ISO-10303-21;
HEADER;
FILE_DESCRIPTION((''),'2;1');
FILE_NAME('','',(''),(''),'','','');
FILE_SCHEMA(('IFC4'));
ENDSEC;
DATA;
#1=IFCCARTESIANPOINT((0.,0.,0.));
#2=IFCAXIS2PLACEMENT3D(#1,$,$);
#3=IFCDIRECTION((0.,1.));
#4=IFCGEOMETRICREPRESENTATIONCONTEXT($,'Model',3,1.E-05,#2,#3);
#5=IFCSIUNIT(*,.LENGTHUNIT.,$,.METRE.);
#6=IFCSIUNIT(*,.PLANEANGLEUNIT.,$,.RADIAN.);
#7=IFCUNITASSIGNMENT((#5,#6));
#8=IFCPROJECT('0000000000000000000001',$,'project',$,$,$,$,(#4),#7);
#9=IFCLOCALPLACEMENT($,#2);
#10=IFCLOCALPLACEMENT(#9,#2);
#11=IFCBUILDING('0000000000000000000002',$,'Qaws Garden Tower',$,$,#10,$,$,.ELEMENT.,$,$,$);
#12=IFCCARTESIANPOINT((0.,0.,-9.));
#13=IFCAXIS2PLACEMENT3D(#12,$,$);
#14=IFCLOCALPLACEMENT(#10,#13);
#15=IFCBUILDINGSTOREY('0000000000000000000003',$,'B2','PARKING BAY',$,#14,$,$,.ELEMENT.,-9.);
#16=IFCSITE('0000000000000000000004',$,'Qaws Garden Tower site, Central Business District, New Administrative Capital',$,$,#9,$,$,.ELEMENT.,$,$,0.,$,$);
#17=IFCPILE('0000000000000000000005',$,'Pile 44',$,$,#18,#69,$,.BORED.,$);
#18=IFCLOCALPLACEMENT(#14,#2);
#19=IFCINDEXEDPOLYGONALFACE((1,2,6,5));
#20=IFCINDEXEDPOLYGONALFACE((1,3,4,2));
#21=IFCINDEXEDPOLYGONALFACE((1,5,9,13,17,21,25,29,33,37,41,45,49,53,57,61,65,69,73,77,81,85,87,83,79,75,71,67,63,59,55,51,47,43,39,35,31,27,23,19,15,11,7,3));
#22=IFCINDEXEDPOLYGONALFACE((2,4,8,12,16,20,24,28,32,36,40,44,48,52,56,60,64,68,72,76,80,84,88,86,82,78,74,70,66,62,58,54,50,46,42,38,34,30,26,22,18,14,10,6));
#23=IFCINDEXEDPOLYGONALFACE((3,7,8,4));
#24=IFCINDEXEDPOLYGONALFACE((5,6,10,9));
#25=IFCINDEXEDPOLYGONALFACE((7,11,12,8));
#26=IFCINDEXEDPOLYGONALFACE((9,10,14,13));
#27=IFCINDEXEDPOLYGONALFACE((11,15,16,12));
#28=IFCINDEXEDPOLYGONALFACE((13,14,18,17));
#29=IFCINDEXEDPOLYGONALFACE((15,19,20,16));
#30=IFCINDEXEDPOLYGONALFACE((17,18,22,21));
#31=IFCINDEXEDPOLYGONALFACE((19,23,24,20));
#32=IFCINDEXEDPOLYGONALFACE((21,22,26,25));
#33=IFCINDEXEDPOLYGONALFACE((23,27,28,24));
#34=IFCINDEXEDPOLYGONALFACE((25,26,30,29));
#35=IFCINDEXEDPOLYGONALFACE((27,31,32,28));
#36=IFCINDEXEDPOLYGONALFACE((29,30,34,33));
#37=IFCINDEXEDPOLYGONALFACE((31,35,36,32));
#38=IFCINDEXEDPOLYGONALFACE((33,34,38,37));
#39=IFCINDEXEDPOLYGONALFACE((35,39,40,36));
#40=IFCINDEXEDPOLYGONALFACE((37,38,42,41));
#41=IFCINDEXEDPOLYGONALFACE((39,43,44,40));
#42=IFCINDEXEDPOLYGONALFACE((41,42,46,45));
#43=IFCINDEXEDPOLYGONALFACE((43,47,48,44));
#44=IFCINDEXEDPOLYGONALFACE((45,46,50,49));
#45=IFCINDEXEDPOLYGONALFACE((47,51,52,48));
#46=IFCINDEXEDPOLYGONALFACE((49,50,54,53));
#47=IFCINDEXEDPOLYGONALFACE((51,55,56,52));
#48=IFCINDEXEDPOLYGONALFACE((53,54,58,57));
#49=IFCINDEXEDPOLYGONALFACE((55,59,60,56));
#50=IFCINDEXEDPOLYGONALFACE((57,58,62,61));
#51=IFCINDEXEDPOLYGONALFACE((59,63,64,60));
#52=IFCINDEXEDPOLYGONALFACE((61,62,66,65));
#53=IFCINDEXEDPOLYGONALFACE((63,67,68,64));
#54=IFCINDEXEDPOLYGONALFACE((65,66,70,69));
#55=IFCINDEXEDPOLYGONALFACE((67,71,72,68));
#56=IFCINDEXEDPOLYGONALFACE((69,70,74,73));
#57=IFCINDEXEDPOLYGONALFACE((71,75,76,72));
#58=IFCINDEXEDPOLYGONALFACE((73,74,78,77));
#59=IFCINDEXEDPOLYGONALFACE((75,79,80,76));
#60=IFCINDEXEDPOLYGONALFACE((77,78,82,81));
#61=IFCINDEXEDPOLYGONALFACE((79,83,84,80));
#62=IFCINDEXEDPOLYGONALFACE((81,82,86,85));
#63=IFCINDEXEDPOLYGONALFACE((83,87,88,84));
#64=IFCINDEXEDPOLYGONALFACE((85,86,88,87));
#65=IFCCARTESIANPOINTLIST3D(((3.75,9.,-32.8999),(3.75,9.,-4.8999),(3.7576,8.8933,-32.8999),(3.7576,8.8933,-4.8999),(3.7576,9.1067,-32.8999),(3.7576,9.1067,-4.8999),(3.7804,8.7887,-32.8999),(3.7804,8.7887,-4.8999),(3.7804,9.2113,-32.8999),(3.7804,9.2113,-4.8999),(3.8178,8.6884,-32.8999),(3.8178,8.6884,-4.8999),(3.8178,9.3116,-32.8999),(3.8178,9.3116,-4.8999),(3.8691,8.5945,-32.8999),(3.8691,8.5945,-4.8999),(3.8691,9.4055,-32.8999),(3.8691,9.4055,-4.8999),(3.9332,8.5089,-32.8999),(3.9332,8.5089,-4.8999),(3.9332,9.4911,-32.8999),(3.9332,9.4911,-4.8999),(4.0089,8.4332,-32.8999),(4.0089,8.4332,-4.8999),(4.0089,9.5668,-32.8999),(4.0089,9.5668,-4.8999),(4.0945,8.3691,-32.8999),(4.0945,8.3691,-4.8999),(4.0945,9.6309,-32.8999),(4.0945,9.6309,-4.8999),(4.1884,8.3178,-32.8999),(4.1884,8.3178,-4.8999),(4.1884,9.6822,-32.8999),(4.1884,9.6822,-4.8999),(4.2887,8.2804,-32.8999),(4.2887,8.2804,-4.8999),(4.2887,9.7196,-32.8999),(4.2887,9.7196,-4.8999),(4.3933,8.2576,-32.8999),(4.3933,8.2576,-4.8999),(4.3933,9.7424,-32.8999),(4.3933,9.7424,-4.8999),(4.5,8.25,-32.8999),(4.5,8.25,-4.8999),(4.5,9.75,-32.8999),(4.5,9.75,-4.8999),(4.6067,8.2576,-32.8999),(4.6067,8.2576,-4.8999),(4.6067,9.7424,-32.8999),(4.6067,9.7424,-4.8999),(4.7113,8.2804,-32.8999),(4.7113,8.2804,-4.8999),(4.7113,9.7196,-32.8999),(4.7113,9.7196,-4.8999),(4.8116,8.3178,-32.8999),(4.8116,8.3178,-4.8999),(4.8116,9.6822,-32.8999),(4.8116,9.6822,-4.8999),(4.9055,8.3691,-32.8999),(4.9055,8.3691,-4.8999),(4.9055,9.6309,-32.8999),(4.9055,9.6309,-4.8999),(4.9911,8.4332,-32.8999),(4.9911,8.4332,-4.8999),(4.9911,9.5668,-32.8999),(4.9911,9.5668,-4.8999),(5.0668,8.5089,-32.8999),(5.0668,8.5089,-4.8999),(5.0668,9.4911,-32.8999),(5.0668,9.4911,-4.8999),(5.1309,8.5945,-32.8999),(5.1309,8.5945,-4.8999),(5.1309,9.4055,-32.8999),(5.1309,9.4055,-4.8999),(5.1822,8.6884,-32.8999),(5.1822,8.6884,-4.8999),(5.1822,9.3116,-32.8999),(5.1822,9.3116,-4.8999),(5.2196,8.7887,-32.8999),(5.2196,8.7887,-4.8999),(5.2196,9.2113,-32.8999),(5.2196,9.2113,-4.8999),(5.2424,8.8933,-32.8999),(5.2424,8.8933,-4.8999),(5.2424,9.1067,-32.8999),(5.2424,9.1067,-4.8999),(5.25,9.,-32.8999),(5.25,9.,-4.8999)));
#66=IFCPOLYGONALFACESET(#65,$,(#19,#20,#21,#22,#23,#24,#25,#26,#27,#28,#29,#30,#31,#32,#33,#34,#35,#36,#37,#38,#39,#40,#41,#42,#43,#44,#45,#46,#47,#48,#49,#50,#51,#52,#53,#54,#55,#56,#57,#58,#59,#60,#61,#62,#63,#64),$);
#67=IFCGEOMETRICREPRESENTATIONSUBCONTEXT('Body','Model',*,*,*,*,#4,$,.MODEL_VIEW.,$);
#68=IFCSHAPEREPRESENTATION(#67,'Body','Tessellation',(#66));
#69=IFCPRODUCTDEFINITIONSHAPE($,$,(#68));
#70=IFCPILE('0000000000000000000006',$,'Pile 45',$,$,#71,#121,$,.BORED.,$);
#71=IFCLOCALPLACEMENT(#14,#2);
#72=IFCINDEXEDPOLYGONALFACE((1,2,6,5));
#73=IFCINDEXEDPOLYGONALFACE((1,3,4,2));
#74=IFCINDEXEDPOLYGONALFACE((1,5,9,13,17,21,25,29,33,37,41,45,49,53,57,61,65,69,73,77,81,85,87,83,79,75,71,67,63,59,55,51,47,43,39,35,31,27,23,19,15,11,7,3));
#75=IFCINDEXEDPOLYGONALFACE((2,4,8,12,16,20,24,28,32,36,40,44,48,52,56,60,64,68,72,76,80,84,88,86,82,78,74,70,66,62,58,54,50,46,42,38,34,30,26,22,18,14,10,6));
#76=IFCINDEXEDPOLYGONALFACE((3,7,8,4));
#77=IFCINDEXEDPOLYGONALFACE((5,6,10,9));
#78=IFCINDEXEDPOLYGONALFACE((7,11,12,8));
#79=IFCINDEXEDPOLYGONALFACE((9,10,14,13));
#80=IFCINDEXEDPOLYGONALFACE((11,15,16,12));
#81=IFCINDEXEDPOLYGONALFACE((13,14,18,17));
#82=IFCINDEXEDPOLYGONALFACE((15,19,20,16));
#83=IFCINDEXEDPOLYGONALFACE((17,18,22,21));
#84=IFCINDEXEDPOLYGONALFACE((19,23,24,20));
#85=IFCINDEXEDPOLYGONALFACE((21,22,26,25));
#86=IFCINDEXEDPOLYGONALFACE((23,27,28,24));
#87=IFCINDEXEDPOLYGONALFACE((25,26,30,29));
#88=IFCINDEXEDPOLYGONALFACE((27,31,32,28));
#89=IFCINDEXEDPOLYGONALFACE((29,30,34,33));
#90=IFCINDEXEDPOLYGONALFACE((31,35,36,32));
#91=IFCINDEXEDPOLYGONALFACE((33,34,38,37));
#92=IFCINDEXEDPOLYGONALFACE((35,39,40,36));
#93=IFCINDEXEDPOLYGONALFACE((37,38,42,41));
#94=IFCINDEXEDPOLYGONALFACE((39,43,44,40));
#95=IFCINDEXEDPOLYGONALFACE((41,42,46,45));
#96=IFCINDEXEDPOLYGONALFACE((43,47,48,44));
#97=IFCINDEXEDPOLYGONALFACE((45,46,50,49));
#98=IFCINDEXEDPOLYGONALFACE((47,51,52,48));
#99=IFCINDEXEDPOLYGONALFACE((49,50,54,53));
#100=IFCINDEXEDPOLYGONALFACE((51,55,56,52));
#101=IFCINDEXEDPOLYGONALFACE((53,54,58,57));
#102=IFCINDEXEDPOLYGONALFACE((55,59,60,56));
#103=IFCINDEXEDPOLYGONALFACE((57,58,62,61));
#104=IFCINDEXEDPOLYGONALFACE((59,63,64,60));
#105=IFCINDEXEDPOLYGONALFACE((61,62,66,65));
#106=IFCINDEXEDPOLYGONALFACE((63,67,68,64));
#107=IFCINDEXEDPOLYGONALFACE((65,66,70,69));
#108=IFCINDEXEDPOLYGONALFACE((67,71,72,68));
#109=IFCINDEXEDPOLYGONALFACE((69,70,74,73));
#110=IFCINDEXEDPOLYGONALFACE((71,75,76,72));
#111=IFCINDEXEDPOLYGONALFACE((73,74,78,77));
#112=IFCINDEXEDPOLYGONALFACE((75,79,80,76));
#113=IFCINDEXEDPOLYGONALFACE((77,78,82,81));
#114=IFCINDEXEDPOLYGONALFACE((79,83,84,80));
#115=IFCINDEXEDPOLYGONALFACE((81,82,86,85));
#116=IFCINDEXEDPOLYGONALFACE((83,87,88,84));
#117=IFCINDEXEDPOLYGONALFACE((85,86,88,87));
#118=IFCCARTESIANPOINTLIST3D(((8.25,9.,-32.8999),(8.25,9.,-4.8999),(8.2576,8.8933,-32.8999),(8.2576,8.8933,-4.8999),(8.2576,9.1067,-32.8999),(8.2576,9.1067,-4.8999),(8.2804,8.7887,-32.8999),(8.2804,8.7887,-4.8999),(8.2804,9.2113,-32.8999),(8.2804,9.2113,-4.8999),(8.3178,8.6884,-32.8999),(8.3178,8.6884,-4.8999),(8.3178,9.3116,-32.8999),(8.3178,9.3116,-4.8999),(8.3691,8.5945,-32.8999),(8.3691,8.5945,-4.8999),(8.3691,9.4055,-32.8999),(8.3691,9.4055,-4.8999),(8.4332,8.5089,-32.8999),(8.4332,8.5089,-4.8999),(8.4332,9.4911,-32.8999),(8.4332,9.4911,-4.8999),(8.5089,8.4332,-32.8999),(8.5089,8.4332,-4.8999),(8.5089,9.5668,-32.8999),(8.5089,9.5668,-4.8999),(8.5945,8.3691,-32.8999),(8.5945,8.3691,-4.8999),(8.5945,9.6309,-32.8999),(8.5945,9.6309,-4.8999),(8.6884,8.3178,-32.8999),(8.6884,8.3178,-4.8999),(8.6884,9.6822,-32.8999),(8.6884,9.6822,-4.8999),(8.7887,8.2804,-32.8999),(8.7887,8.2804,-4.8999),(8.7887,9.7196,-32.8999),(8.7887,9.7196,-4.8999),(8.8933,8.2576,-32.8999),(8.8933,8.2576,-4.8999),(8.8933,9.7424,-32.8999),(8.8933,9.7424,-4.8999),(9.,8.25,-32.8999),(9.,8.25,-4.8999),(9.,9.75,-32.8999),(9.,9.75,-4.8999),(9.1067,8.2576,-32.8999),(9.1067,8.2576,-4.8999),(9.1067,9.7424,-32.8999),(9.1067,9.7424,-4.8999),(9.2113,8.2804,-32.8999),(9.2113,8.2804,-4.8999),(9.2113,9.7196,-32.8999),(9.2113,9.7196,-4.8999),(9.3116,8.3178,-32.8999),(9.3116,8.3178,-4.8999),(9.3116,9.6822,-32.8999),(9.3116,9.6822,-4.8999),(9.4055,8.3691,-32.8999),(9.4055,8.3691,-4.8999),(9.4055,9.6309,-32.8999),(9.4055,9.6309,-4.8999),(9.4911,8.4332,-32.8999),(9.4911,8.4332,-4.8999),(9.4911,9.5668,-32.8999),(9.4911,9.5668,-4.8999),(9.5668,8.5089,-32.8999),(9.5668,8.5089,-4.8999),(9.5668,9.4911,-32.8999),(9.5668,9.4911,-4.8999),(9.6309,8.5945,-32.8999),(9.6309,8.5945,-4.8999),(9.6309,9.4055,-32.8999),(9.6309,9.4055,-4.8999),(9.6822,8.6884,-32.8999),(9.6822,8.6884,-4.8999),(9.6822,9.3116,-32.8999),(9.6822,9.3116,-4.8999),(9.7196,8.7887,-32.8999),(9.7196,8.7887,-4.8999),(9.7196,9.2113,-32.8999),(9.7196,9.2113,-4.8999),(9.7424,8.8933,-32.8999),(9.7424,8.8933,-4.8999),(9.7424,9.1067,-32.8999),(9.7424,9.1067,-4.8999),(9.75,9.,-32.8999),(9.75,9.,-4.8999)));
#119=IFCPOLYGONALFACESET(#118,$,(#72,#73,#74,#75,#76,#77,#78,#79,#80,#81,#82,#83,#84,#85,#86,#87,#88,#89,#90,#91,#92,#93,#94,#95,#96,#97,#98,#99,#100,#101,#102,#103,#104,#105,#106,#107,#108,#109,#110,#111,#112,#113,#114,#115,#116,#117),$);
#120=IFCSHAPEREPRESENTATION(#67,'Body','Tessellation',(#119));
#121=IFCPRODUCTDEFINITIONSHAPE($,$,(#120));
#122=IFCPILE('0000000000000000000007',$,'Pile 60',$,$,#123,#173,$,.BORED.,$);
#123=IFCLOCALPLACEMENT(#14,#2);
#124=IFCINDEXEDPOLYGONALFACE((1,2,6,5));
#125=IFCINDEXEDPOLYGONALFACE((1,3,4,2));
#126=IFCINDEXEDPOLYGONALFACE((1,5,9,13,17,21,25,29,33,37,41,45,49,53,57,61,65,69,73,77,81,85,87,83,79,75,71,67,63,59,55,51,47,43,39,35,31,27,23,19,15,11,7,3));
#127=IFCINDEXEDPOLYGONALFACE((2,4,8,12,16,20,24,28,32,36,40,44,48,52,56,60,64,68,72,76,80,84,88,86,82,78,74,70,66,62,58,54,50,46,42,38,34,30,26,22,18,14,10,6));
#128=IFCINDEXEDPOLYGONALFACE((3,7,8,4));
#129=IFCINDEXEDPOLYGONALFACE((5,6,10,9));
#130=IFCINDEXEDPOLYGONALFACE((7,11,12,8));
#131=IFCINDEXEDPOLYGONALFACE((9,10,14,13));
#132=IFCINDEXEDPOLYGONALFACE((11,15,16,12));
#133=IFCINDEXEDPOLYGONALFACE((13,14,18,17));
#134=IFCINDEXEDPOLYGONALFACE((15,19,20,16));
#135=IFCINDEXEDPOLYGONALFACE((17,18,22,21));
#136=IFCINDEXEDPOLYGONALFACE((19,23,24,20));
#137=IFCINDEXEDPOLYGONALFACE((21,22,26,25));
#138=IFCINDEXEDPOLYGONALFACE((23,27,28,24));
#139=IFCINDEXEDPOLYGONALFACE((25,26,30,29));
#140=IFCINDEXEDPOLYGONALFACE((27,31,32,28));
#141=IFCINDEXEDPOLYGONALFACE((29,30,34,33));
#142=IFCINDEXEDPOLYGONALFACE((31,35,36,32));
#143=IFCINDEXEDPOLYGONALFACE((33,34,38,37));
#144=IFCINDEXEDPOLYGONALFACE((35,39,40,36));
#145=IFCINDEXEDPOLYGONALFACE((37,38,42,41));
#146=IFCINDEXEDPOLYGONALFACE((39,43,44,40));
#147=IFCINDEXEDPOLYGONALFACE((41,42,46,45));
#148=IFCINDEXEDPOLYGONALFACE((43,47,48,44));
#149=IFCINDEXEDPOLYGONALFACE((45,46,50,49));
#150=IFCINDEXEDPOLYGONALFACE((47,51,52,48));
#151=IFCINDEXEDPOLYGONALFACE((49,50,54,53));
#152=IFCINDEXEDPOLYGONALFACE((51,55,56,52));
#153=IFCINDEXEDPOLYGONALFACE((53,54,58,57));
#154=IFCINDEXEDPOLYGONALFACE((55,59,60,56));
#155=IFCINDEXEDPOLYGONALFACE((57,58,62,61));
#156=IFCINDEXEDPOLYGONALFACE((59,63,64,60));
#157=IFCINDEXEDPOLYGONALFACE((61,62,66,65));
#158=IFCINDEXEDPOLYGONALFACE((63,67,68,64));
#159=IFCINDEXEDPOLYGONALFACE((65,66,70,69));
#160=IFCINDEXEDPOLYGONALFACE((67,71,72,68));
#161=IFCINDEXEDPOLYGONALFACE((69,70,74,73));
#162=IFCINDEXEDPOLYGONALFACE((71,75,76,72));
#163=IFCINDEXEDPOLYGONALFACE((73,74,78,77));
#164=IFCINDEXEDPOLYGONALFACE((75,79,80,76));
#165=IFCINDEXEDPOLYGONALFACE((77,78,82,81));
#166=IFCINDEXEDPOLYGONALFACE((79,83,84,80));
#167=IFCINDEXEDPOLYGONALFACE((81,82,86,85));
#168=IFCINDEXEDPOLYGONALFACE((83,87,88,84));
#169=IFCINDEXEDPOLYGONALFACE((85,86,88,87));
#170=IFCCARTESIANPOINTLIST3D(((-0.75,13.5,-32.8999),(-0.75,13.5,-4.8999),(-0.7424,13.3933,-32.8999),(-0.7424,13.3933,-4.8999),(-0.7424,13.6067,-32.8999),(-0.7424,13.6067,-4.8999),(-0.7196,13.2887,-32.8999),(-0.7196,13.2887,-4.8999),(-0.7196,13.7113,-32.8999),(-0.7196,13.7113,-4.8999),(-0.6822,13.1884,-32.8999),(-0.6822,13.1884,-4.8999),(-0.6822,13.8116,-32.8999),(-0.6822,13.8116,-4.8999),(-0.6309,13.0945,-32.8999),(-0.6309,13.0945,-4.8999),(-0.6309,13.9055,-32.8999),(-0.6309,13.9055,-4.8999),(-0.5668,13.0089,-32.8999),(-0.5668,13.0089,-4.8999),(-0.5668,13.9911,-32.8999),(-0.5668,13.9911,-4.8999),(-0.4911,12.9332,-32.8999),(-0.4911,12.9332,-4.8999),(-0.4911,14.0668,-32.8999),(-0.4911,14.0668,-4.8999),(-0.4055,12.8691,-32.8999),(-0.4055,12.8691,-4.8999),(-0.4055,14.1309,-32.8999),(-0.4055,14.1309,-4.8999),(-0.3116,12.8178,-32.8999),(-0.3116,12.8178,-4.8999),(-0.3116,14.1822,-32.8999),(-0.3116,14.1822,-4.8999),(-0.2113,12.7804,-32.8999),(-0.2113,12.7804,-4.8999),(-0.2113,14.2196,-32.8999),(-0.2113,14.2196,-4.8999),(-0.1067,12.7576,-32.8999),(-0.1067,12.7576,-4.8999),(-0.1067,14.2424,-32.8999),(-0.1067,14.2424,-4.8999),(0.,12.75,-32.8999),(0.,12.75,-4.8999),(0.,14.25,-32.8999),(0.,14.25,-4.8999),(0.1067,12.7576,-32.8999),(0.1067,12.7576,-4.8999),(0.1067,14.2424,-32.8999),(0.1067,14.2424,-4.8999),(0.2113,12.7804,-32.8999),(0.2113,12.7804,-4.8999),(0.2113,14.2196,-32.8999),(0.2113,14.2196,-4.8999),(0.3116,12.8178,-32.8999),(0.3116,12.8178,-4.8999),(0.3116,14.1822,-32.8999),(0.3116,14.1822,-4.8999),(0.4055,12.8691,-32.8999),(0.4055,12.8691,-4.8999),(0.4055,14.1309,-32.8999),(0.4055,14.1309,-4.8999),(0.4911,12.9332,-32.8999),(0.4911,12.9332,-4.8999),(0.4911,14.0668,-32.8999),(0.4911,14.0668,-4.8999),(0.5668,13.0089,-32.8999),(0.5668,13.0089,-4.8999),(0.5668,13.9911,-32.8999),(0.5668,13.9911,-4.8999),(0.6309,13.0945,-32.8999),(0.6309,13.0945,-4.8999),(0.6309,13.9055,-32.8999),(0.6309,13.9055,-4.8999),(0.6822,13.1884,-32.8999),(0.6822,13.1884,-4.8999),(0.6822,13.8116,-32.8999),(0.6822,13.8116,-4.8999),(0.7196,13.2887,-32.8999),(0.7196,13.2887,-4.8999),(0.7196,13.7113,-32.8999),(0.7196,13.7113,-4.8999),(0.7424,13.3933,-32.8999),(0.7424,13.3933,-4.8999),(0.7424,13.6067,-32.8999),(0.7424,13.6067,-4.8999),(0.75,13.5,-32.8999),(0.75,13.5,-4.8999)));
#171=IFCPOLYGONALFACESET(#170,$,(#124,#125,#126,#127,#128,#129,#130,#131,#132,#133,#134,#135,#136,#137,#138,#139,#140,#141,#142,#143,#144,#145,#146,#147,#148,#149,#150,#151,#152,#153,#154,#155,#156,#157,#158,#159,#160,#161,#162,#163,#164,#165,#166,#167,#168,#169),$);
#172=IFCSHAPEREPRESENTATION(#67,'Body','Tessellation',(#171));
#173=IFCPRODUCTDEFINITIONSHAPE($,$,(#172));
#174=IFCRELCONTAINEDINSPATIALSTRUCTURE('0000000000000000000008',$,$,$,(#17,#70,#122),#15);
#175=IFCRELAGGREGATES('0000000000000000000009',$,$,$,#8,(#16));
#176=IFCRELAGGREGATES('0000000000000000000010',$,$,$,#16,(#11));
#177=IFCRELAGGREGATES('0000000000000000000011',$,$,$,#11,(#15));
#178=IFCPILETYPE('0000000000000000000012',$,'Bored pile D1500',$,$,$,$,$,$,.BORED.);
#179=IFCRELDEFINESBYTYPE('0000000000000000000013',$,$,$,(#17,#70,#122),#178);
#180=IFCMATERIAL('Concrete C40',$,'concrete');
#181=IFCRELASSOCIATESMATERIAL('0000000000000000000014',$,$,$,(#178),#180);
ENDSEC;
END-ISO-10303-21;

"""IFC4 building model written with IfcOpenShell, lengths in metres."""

from ifc_helpers import new_model, si_unit, direction, frame, origin, origin_2d, place, context, subcontext, project, spatial, circle, extrude, material, material_profile, profile_set, type_object, element, save


model = new_model("IFC4")

# Units and contexts
model_context = context("Model", 3, precision=1e-05, world=origin(), true_north=direction((0.0, 1.0)))
body_context = subcontext(model_context, "Body", "Model", "MODEL_VIEW")
ifc_project = project(units=[si_unit("LENGTHUNIT", "METRE"), si_unit("PLANEANGLEUNIT", "RADIAN")], contexts=[model_context])

# Site, building, storey
site_placement = place(None, origin())
site = spatial("IfcSite", under=ifc_project, at=site_placement, Name="Qaws Garden Tower site, Central Business District, New Administrative Capital", CompositionType="ELEMENT", RefElevation=0.0)
building_placement = place(site_placement, origin())
building = spatial("IfcBuilding", under=site, at=building_placement, Name="Qaws Garden Tower", CompositionType="ELEMENT")
storey_placement = place(building_placement, frame((0.0, 0.0, -9.0)))
storey = spatial("IfcBuildingStorey", under=building, at=storey_placement, Name="B2", Description="PARKING BAY", CompositionType="ELEMENT", Elevation=-9.0)

# Piles
ifc_material_1 = material(Name="Concrete C40", Category="concrete")
ifc_material_profile_1 = material_profile(ifc_material_1, circle(Radius=0.75, at=origin_2d()), Name="Bored pile D1500")
ifc_profile_set_1 = profile_set([ifc_material_profile_1], Name="Concrete C40")
pile_type = type_object("IfcPileType", Name="Bored pile D1500", PredefinedType="BORED", material=ifc_profile_set_1)
for number, where, z_axis, x_axis, name in (
    (1, (4.5, 9.0, -4.8999), (0.0, 0.0, -1.0), (1.0, 0.0, 0.0), "Pile 44"),
    (2, (9.0, 9.0, -4.8999), (0.0, 0.0, -1.0), (1.0, 0.0, 0.0), "Pile 45"),
    (3, (0.0, 13.5, -4.8999), (0.0, 0.0, -1.0), (1.0, 0.0, 0.0), "Pile 60"),
):
    element("IfcPile", number, at=place(storey_placement, frame(where, z_axis=z_axis, x_axis=x_axis)), inside=storey, type_object=pile_type, Name=name, PredefinedType="BORED", context=body_context, shape_type="SweptSolid", body=[
        extrude(circle(Radius=0.75, at=origin_2d()), origin(), (0.0, 0.0, 1.0), 28.0),
    ])

save(model, "model.ifc")
